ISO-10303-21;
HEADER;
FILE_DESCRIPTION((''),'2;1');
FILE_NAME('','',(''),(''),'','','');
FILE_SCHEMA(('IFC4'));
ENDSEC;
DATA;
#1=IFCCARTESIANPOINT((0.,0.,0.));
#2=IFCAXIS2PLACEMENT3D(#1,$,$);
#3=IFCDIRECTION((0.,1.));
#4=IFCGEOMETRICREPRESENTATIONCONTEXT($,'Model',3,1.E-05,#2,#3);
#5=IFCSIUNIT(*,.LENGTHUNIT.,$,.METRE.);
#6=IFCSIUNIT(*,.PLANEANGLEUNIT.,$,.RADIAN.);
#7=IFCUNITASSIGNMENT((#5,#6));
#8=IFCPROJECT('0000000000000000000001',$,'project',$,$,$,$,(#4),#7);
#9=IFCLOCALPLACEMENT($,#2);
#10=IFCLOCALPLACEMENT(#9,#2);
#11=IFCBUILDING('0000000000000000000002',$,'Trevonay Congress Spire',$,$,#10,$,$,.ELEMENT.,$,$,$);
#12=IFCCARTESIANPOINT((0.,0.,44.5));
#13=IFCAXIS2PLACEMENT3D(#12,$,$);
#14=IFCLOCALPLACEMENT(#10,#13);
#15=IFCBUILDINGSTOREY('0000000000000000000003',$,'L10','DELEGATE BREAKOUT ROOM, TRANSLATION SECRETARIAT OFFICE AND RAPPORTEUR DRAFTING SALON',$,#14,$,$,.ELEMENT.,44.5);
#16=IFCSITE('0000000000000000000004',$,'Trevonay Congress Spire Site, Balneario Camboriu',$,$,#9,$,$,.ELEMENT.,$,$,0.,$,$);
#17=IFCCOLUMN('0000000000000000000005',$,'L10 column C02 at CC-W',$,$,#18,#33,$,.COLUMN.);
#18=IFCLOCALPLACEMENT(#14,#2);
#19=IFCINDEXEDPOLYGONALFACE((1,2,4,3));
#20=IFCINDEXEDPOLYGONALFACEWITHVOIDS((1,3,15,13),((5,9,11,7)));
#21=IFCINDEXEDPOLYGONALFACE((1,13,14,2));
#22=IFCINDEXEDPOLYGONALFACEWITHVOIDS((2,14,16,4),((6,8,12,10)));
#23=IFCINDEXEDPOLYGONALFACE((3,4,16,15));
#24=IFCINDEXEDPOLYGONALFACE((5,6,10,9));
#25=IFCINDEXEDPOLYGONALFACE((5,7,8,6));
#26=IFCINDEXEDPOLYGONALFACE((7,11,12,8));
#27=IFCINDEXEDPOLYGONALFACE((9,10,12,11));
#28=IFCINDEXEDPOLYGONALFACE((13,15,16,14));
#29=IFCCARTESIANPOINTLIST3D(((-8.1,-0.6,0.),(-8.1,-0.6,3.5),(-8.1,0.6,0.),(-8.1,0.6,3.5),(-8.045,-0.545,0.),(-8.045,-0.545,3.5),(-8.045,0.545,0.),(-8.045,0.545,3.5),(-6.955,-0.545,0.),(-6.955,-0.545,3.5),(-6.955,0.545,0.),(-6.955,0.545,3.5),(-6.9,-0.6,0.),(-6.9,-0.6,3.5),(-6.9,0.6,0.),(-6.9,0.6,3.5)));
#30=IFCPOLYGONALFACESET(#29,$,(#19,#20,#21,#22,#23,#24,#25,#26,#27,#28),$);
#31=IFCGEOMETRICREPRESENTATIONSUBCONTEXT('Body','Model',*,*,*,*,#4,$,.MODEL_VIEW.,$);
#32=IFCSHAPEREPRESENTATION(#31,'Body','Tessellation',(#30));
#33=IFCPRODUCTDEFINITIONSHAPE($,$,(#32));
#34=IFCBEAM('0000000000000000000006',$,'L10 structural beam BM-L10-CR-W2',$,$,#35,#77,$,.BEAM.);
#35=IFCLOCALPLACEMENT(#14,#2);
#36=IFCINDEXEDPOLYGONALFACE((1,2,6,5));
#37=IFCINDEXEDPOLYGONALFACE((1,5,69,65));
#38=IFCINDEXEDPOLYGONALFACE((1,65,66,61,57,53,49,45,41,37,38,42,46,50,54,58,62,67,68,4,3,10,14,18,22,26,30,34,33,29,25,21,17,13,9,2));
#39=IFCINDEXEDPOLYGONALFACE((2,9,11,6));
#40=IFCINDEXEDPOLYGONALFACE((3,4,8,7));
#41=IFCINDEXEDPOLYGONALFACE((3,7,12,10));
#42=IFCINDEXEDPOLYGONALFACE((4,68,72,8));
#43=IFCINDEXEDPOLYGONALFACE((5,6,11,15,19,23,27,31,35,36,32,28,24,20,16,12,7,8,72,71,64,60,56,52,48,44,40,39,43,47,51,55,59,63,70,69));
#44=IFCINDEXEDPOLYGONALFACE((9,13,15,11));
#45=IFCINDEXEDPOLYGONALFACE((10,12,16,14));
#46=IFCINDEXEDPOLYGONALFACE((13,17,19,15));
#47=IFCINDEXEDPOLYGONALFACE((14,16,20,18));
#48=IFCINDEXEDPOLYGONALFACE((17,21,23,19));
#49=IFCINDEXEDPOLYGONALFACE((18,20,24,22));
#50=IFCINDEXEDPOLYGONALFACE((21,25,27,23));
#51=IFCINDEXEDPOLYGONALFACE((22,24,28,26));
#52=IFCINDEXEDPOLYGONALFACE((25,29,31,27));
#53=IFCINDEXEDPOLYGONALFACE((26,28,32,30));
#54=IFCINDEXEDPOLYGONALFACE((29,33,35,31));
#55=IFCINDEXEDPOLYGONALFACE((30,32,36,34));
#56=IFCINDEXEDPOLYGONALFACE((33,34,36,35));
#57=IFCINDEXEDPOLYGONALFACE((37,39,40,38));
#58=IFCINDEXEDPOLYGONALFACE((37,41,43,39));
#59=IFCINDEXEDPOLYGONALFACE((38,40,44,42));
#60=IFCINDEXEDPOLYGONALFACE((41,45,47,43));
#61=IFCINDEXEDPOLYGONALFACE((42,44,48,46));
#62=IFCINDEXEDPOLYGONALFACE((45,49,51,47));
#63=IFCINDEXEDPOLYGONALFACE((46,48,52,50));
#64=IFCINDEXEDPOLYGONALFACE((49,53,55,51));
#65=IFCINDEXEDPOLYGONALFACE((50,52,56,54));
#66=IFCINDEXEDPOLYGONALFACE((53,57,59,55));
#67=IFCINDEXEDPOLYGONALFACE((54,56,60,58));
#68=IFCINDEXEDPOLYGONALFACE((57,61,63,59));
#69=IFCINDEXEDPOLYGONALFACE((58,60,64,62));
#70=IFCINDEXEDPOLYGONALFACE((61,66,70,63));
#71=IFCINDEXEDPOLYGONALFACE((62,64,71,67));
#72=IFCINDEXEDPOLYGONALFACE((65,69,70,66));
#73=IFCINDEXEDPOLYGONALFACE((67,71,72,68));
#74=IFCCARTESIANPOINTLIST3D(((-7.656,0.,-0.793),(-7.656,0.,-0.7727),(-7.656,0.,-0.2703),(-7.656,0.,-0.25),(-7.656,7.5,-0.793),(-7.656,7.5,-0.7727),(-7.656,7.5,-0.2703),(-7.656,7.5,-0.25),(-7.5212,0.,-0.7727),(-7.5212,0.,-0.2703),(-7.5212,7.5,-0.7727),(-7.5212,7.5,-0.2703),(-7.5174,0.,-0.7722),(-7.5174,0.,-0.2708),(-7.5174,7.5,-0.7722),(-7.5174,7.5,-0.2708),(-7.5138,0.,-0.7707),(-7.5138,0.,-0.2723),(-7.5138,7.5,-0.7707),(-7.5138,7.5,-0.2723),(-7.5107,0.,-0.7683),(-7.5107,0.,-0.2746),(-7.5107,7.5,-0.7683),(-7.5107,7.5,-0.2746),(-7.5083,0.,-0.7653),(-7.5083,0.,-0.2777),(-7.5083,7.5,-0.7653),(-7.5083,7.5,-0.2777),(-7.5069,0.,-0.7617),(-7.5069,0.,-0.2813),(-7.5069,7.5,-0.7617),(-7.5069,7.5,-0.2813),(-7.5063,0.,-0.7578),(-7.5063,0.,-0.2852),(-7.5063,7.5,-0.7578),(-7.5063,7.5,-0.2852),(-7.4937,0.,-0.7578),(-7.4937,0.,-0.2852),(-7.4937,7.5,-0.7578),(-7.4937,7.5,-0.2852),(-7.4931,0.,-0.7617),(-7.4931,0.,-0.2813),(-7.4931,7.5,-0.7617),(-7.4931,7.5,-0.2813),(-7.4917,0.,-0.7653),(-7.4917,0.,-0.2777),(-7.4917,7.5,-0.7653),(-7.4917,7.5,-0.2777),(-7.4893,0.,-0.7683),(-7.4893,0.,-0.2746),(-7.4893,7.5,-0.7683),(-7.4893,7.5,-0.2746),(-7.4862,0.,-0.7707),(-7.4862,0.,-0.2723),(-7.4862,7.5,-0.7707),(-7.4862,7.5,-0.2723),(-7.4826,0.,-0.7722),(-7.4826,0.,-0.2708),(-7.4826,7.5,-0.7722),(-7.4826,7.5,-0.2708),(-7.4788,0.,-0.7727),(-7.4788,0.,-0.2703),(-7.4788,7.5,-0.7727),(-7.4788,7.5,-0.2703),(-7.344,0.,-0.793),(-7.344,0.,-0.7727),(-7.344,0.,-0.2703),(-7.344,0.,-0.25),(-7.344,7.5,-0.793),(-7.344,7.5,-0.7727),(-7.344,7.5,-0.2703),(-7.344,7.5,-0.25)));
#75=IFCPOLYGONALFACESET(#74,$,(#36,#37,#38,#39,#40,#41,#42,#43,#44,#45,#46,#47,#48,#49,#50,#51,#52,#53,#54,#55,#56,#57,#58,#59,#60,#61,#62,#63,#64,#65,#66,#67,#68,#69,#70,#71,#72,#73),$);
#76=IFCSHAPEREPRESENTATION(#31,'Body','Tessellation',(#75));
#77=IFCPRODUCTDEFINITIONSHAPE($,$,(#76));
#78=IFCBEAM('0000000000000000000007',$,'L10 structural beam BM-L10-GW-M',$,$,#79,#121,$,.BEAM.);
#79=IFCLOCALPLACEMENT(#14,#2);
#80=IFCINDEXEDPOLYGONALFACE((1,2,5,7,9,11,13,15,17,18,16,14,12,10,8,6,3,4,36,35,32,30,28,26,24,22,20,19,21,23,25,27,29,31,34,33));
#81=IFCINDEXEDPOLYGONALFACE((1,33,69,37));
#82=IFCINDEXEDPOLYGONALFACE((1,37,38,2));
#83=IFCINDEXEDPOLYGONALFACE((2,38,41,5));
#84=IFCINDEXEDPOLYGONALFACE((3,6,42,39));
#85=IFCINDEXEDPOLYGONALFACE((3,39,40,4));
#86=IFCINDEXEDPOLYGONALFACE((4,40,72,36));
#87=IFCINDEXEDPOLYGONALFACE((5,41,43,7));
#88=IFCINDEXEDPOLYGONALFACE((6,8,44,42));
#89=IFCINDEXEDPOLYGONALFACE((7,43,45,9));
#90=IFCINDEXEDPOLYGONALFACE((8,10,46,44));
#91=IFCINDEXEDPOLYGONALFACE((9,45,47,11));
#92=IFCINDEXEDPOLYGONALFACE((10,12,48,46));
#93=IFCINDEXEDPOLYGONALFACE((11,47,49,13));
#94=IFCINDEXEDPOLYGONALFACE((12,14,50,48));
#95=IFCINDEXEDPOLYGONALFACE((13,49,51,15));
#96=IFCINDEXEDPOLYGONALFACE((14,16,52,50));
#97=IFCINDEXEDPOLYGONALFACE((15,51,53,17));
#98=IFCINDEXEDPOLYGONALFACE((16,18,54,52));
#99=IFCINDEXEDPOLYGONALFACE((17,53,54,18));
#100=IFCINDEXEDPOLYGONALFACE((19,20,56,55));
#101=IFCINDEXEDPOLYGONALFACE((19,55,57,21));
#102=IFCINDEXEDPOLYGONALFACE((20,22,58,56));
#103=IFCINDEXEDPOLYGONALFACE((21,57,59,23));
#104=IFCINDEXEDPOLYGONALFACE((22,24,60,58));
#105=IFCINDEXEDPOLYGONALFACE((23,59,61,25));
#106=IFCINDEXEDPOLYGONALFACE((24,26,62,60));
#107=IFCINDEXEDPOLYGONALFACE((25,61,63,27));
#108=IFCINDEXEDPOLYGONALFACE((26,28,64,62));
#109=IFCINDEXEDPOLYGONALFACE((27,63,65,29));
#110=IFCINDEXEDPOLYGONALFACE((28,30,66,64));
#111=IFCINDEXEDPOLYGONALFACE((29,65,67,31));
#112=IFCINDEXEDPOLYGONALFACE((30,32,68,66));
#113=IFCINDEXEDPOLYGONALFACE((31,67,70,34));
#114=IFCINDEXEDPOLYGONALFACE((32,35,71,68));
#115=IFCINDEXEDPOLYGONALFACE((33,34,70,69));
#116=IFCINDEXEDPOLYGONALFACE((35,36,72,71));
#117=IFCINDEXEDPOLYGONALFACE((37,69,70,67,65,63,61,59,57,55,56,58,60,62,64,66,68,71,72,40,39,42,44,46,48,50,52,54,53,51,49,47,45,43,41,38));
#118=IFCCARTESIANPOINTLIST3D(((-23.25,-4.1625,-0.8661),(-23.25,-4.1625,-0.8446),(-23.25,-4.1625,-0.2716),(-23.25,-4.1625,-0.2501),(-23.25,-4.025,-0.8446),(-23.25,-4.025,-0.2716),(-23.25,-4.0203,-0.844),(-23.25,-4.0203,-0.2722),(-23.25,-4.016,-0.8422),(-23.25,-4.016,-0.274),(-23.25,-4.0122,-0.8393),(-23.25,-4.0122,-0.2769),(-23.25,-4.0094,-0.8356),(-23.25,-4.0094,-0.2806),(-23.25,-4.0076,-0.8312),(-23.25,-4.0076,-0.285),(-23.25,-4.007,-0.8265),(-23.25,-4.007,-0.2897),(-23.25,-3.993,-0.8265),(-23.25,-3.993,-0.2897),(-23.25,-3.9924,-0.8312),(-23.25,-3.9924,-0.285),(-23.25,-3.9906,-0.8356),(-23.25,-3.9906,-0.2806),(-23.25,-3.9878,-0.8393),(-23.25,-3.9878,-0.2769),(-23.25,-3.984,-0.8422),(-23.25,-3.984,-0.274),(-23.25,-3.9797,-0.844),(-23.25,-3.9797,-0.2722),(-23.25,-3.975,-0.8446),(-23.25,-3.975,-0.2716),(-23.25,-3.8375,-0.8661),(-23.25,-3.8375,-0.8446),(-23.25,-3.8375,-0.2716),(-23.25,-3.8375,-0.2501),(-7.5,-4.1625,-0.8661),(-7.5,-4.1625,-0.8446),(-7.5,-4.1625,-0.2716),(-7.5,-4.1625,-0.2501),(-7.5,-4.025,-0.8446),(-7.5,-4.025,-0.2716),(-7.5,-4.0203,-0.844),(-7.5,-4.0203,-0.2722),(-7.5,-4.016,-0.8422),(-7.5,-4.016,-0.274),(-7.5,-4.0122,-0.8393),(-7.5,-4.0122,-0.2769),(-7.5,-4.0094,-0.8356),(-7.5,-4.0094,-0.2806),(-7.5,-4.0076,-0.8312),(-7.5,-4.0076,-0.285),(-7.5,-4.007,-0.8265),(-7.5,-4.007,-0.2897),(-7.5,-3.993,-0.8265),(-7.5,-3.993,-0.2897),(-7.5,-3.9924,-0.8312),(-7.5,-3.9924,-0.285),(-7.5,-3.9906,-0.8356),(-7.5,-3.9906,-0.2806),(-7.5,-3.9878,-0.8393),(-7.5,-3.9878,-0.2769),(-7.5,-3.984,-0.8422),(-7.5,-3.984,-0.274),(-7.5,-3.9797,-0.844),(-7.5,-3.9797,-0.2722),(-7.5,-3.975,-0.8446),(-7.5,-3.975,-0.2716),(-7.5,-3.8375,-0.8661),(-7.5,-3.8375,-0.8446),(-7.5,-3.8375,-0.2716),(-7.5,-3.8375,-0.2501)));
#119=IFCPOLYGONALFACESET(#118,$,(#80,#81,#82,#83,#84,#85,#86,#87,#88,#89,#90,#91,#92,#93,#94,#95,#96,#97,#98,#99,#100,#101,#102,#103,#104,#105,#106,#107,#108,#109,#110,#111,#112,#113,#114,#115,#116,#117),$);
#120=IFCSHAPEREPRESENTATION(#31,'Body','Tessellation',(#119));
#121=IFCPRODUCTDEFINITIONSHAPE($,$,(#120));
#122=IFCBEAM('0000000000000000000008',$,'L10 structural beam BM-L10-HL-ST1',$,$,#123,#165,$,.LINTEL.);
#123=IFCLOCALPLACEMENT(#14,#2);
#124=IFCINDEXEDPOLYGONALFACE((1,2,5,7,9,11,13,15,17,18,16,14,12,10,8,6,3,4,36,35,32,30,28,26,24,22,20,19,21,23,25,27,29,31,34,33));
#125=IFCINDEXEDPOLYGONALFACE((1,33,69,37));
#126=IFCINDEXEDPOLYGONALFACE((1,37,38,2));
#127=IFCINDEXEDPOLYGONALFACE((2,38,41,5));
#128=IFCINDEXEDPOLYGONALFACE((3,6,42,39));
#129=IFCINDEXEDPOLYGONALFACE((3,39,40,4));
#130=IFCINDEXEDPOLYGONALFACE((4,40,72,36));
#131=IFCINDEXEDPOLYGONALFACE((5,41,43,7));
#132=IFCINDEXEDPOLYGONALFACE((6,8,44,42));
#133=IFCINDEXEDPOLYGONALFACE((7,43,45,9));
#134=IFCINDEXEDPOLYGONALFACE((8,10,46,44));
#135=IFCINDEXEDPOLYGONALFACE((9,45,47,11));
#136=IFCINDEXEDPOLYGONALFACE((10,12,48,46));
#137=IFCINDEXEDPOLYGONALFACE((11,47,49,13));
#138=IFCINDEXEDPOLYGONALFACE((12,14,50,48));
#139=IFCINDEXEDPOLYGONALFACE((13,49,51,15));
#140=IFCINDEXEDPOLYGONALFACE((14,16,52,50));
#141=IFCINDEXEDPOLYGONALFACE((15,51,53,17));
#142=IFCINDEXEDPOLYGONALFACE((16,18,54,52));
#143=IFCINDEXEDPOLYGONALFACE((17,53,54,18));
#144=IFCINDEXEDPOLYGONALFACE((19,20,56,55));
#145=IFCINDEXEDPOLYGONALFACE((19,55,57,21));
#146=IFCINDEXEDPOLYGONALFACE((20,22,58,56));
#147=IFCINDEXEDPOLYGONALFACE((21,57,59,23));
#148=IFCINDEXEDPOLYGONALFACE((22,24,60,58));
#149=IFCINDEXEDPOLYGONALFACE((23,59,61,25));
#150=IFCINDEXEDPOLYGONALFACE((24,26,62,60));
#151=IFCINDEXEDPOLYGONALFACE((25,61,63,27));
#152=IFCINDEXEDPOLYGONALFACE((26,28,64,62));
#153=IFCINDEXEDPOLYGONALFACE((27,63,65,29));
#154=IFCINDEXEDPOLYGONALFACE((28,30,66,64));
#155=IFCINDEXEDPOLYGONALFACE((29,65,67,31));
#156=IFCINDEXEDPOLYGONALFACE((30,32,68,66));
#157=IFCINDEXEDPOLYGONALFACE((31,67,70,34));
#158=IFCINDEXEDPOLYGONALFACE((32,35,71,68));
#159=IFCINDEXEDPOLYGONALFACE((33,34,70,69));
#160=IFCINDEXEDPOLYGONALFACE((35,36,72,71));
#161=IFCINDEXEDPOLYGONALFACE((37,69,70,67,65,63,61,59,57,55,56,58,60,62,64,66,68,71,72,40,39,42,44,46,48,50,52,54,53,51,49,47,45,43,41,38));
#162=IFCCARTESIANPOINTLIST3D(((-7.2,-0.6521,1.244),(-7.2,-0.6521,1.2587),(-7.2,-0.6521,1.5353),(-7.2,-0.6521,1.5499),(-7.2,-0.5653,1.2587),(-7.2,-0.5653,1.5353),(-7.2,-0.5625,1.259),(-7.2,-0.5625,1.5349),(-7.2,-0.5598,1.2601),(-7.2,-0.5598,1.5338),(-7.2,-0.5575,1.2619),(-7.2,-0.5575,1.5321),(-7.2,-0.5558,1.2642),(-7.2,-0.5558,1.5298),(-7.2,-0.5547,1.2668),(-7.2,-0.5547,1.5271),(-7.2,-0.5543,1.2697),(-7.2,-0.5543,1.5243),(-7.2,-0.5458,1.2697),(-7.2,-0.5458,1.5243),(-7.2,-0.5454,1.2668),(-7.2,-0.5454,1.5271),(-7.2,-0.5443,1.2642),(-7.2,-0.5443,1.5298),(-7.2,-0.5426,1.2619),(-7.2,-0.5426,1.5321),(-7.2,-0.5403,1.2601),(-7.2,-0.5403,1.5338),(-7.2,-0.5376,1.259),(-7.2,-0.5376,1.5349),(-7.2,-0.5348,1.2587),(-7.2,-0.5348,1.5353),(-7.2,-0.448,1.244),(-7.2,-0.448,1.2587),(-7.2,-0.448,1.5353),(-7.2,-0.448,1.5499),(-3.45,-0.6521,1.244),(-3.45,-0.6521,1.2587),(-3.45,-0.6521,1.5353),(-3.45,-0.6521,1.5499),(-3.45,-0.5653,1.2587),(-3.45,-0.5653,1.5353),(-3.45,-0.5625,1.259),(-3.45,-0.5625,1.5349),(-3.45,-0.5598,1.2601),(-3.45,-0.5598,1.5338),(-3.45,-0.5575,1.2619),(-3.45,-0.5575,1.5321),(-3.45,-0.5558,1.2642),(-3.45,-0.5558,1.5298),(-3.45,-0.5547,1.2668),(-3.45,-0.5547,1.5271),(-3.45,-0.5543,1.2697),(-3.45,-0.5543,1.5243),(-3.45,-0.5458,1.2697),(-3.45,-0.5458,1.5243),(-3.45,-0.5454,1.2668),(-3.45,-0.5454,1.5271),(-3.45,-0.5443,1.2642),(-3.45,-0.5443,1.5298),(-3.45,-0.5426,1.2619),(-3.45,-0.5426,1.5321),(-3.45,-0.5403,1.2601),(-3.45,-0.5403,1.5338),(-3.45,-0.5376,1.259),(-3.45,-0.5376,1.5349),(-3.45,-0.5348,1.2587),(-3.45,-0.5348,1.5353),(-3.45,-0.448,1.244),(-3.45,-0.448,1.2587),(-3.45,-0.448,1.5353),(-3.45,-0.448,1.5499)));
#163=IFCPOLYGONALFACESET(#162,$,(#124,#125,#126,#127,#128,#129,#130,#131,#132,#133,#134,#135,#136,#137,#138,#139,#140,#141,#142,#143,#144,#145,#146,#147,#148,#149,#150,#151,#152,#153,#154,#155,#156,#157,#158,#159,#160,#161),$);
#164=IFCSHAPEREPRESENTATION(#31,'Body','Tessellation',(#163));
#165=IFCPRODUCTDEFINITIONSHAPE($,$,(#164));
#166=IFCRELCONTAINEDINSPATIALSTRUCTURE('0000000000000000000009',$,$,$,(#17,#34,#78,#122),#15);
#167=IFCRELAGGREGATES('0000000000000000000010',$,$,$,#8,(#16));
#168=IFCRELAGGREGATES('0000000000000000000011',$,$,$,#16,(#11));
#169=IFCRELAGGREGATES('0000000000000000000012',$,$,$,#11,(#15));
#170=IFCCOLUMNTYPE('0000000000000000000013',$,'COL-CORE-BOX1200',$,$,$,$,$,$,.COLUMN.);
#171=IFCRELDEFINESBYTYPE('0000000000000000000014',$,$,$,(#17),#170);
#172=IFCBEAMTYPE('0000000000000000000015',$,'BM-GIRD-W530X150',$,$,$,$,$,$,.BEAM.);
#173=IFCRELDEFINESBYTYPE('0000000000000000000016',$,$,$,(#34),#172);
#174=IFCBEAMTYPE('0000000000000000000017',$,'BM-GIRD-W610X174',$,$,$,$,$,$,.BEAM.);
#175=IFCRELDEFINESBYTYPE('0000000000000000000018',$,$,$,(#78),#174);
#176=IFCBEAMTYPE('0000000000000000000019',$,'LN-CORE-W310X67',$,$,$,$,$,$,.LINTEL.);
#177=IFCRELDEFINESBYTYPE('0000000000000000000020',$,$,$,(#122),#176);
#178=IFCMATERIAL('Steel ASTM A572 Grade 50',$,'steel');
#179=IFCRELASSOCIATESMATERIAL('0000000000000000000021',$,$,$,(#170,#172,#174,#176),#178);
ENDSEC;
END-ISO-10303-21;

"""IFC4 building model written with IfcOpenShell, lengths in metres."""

from ifc_helpers import new_model, si_unit, direction, frame, origin, origin_2d, place, context, subcontext, project, spatial, hollow_rectangle, i_section, extrude, material, material_profile, profile_set, type_object, element, save


model = new_model("IFC4")

# Units and contexts
model_context = context("Model", 3, precision=1e-05, world=origin(), true_north=direction((0.0, 1.0)))
body_context = subcontext(model_context, "Body", "Model", "MODEL_VIEW")
ifc_project = project(units=[si_unit("LENGTHUNIT", "METRE"), si_unit("PLANEANGLEUNIT", "RADIAN")], contexts=[model_context])

# Site, building, storey
site_placement = place(None, origin())
site = spatial("IfcSite", under=ifc_project, at=site_placement, Name="Trevonay Congress Spire Site, Balneario Camboriu", CompositionType="ELEMENT", RefElevation=0.0)
building_placement = place(site_placement, origin())
building = spatial("IfcBuilding", under=site, at=building_placement, Name="Trevonay Congress Spire", CompositionType="ELEMENT")
storey_placement = place(building_placement, frame((0.0, 0.0, 44.5)))
storey = spatial("IfcBuildingStorey", under=building, at=storey_placement, Name="L10", Description="DELEGATE BREAKOUT ROOM, TRANSLATION SECRETARIAT OFFICE AND RAPPORTEUR DRAFTING SALON", CompositionType="ELEMENT", Elevation=44.5)

# Column
ifc_material_1 = material(Name="Steel ASTM A572 Grade 50", Category="steel")
ifc_material_profile_1 = material_profile(ifc_material_1, hollow_rectangle(XDim=1.2, YDim=1.2, WallThickness=0.0549, at=origin_2d()), Name="BOX 1200x1200x55")
ifc_profile_set_1 = profile_set([ifc_material_profile_1], Name="Steel ASTM A572 Grade 50")
column_type = type_object("IfcColumnType", Name="COL-CORE-BOX1200", PredefinedType="COLUMN", material=ifc_profile_set_1)
column_placement = place(storey_placement, frame((-7.5, 0.0, 0.0), z_axis=(0.0, 0.0, 1.0), x_axis=(1.0, 0.0, 0.0)))
element("IfcColumn", 1, at=column_placement, inside=storey, type_object=column_type, Name="L10 column C02 at CC-W", PredefinedType="COLUMN", context=body_context, shape_type="SweptSolid", body=[
    extrude(hollow_rectangle(XDim=1.2, YDim=1.2, WallThickness=0.0549, at=origin_2d()), origin(), (0.0, 0.0, 1.0), 3.5),
])

# Beams
ifc_material_profile_2 = material_profile(ifc_material_1, i_section(OverallWidth=0.312, OverallDepth=0.543, WebThickness=0.0127, FlangeThickness=0.0203, FilletRadius=0.0149, at=origin_2d()), Name="W530x150")
ifc_profile_set_2 = profile_set([ifc_material_profile_2], Name="Steel ASTM A572 Grade 50")
beam_type_1 = type_object("IfcBeamType", Name="BM-GIRD-W530X150", PredefinedType="BEAM", material=ifc_profile_set_2)
beam_1_placement = place(storey_placement, frame((-7.5, 0.0, -0.5215), z_axis=(0.0, 1.0, 0.0), x_axis=(-1.0, 0.0, 0.0)))
element("IfcBeam", 2, at=beam_1_placement, inside=storey, type_object=beam_type_1, Name="L10 structural beam BM-L10-CR-W2", PredefinedType="BEAM", context=body_context, shape_type="SweptSolid", body=[
    extrude(i_section(OverallWidth=0.312, OverallDepth=0.543, WebThickness=0.0127, FlangeThickness=0.0203, FilletRadius=0.0149, at=origin_2d()), origin(), (0.0, 0.0, 1.0), 7.5),
])
ifc_material_profile_3 = material_profile(ifc_material_1, i_section(OverallWidth=0.325, OverallDepth=0.616, WebThickness=0.0139, FlangeThickness=0.0215, FilletRadius=0.0181, at=origin_2d()), Name="W610x174")
ifc_profile_set_3 = profile_set([ifc_material_profile_3], Name="Steel ASTM A572 Grade 50")
beam_type_2 = type_object("IfcBeamType", Name="BM-GIRD-W610X174", PredefinedType="BEAM", material=ifc_profile_set_3)
beam_2_placement = place(storey_placement, frame((-7.5, -4.0, -0.5581), z_axis=(-1.0, 0.0, 0.0), x_axis=(0.0, -1.0, 0.0)))
element("IfcBeam", 3, at=beam_2_placement, inside=storey, type_object=beam_type_2, Name="L10 structural beam BM-L10-GW-M", PredefinedType="BEAM", context=body_context, shape_type="SweptSolid", body=[
    extrude(i_section(OverallWidth=0.325, OverallDepth=0.616, WebThickness=0.0139, FlangeThickness=0.0215, FilletRadius=0.0181, at=origin_2d()), origin(), (0.0, 0.0, 1.0), 15.75),
])
ifc_material_profile_4 = material_profile(ifc_material_1, i_section(OverallWidth=0.2041, OverallDepth=0.3059, WebThickness=0.0085, FlangeThickness=0.0146, FilletRadius=0.011, at=origin_2d()), Name="W310x67")
ifc_profile_set_4 = profile_set([ifc_material_profile_4], Name="Steel ASTM A572 Grade 50")
beam_type_3 = type_object("IfcBeamType", Name="LN-CORE-W310X67", PredefinedType="LINTEL", material=ifc_profile_set_4)
beam_3_placement = place(storey_placement, frame((-7.2, -0.55, 1.397), z_axis=(1.0, 0.0, 0.0), x_axis=(0.0, 1.0, 0.0)))
element("IfcBeam", 4, at=beam_3_placement, inside=storey, type_object=beam_type_3, Name="L10 structural beam BM-L10-HL-ST1", PredefinedType="LINTEL", context=body_context, shape_type="SweptSolid", body=[
    extrude(i_section(OverallWidth=0.2041, OverallDepth=0.3059, WebThickness=0.0085, FlangeThickness=0.0146, FilletRadius=0.011, at=origin_2d()), origin(), (0.0, 0.0, 1.0), 3.75),
])

save(model, "model.ifc")
